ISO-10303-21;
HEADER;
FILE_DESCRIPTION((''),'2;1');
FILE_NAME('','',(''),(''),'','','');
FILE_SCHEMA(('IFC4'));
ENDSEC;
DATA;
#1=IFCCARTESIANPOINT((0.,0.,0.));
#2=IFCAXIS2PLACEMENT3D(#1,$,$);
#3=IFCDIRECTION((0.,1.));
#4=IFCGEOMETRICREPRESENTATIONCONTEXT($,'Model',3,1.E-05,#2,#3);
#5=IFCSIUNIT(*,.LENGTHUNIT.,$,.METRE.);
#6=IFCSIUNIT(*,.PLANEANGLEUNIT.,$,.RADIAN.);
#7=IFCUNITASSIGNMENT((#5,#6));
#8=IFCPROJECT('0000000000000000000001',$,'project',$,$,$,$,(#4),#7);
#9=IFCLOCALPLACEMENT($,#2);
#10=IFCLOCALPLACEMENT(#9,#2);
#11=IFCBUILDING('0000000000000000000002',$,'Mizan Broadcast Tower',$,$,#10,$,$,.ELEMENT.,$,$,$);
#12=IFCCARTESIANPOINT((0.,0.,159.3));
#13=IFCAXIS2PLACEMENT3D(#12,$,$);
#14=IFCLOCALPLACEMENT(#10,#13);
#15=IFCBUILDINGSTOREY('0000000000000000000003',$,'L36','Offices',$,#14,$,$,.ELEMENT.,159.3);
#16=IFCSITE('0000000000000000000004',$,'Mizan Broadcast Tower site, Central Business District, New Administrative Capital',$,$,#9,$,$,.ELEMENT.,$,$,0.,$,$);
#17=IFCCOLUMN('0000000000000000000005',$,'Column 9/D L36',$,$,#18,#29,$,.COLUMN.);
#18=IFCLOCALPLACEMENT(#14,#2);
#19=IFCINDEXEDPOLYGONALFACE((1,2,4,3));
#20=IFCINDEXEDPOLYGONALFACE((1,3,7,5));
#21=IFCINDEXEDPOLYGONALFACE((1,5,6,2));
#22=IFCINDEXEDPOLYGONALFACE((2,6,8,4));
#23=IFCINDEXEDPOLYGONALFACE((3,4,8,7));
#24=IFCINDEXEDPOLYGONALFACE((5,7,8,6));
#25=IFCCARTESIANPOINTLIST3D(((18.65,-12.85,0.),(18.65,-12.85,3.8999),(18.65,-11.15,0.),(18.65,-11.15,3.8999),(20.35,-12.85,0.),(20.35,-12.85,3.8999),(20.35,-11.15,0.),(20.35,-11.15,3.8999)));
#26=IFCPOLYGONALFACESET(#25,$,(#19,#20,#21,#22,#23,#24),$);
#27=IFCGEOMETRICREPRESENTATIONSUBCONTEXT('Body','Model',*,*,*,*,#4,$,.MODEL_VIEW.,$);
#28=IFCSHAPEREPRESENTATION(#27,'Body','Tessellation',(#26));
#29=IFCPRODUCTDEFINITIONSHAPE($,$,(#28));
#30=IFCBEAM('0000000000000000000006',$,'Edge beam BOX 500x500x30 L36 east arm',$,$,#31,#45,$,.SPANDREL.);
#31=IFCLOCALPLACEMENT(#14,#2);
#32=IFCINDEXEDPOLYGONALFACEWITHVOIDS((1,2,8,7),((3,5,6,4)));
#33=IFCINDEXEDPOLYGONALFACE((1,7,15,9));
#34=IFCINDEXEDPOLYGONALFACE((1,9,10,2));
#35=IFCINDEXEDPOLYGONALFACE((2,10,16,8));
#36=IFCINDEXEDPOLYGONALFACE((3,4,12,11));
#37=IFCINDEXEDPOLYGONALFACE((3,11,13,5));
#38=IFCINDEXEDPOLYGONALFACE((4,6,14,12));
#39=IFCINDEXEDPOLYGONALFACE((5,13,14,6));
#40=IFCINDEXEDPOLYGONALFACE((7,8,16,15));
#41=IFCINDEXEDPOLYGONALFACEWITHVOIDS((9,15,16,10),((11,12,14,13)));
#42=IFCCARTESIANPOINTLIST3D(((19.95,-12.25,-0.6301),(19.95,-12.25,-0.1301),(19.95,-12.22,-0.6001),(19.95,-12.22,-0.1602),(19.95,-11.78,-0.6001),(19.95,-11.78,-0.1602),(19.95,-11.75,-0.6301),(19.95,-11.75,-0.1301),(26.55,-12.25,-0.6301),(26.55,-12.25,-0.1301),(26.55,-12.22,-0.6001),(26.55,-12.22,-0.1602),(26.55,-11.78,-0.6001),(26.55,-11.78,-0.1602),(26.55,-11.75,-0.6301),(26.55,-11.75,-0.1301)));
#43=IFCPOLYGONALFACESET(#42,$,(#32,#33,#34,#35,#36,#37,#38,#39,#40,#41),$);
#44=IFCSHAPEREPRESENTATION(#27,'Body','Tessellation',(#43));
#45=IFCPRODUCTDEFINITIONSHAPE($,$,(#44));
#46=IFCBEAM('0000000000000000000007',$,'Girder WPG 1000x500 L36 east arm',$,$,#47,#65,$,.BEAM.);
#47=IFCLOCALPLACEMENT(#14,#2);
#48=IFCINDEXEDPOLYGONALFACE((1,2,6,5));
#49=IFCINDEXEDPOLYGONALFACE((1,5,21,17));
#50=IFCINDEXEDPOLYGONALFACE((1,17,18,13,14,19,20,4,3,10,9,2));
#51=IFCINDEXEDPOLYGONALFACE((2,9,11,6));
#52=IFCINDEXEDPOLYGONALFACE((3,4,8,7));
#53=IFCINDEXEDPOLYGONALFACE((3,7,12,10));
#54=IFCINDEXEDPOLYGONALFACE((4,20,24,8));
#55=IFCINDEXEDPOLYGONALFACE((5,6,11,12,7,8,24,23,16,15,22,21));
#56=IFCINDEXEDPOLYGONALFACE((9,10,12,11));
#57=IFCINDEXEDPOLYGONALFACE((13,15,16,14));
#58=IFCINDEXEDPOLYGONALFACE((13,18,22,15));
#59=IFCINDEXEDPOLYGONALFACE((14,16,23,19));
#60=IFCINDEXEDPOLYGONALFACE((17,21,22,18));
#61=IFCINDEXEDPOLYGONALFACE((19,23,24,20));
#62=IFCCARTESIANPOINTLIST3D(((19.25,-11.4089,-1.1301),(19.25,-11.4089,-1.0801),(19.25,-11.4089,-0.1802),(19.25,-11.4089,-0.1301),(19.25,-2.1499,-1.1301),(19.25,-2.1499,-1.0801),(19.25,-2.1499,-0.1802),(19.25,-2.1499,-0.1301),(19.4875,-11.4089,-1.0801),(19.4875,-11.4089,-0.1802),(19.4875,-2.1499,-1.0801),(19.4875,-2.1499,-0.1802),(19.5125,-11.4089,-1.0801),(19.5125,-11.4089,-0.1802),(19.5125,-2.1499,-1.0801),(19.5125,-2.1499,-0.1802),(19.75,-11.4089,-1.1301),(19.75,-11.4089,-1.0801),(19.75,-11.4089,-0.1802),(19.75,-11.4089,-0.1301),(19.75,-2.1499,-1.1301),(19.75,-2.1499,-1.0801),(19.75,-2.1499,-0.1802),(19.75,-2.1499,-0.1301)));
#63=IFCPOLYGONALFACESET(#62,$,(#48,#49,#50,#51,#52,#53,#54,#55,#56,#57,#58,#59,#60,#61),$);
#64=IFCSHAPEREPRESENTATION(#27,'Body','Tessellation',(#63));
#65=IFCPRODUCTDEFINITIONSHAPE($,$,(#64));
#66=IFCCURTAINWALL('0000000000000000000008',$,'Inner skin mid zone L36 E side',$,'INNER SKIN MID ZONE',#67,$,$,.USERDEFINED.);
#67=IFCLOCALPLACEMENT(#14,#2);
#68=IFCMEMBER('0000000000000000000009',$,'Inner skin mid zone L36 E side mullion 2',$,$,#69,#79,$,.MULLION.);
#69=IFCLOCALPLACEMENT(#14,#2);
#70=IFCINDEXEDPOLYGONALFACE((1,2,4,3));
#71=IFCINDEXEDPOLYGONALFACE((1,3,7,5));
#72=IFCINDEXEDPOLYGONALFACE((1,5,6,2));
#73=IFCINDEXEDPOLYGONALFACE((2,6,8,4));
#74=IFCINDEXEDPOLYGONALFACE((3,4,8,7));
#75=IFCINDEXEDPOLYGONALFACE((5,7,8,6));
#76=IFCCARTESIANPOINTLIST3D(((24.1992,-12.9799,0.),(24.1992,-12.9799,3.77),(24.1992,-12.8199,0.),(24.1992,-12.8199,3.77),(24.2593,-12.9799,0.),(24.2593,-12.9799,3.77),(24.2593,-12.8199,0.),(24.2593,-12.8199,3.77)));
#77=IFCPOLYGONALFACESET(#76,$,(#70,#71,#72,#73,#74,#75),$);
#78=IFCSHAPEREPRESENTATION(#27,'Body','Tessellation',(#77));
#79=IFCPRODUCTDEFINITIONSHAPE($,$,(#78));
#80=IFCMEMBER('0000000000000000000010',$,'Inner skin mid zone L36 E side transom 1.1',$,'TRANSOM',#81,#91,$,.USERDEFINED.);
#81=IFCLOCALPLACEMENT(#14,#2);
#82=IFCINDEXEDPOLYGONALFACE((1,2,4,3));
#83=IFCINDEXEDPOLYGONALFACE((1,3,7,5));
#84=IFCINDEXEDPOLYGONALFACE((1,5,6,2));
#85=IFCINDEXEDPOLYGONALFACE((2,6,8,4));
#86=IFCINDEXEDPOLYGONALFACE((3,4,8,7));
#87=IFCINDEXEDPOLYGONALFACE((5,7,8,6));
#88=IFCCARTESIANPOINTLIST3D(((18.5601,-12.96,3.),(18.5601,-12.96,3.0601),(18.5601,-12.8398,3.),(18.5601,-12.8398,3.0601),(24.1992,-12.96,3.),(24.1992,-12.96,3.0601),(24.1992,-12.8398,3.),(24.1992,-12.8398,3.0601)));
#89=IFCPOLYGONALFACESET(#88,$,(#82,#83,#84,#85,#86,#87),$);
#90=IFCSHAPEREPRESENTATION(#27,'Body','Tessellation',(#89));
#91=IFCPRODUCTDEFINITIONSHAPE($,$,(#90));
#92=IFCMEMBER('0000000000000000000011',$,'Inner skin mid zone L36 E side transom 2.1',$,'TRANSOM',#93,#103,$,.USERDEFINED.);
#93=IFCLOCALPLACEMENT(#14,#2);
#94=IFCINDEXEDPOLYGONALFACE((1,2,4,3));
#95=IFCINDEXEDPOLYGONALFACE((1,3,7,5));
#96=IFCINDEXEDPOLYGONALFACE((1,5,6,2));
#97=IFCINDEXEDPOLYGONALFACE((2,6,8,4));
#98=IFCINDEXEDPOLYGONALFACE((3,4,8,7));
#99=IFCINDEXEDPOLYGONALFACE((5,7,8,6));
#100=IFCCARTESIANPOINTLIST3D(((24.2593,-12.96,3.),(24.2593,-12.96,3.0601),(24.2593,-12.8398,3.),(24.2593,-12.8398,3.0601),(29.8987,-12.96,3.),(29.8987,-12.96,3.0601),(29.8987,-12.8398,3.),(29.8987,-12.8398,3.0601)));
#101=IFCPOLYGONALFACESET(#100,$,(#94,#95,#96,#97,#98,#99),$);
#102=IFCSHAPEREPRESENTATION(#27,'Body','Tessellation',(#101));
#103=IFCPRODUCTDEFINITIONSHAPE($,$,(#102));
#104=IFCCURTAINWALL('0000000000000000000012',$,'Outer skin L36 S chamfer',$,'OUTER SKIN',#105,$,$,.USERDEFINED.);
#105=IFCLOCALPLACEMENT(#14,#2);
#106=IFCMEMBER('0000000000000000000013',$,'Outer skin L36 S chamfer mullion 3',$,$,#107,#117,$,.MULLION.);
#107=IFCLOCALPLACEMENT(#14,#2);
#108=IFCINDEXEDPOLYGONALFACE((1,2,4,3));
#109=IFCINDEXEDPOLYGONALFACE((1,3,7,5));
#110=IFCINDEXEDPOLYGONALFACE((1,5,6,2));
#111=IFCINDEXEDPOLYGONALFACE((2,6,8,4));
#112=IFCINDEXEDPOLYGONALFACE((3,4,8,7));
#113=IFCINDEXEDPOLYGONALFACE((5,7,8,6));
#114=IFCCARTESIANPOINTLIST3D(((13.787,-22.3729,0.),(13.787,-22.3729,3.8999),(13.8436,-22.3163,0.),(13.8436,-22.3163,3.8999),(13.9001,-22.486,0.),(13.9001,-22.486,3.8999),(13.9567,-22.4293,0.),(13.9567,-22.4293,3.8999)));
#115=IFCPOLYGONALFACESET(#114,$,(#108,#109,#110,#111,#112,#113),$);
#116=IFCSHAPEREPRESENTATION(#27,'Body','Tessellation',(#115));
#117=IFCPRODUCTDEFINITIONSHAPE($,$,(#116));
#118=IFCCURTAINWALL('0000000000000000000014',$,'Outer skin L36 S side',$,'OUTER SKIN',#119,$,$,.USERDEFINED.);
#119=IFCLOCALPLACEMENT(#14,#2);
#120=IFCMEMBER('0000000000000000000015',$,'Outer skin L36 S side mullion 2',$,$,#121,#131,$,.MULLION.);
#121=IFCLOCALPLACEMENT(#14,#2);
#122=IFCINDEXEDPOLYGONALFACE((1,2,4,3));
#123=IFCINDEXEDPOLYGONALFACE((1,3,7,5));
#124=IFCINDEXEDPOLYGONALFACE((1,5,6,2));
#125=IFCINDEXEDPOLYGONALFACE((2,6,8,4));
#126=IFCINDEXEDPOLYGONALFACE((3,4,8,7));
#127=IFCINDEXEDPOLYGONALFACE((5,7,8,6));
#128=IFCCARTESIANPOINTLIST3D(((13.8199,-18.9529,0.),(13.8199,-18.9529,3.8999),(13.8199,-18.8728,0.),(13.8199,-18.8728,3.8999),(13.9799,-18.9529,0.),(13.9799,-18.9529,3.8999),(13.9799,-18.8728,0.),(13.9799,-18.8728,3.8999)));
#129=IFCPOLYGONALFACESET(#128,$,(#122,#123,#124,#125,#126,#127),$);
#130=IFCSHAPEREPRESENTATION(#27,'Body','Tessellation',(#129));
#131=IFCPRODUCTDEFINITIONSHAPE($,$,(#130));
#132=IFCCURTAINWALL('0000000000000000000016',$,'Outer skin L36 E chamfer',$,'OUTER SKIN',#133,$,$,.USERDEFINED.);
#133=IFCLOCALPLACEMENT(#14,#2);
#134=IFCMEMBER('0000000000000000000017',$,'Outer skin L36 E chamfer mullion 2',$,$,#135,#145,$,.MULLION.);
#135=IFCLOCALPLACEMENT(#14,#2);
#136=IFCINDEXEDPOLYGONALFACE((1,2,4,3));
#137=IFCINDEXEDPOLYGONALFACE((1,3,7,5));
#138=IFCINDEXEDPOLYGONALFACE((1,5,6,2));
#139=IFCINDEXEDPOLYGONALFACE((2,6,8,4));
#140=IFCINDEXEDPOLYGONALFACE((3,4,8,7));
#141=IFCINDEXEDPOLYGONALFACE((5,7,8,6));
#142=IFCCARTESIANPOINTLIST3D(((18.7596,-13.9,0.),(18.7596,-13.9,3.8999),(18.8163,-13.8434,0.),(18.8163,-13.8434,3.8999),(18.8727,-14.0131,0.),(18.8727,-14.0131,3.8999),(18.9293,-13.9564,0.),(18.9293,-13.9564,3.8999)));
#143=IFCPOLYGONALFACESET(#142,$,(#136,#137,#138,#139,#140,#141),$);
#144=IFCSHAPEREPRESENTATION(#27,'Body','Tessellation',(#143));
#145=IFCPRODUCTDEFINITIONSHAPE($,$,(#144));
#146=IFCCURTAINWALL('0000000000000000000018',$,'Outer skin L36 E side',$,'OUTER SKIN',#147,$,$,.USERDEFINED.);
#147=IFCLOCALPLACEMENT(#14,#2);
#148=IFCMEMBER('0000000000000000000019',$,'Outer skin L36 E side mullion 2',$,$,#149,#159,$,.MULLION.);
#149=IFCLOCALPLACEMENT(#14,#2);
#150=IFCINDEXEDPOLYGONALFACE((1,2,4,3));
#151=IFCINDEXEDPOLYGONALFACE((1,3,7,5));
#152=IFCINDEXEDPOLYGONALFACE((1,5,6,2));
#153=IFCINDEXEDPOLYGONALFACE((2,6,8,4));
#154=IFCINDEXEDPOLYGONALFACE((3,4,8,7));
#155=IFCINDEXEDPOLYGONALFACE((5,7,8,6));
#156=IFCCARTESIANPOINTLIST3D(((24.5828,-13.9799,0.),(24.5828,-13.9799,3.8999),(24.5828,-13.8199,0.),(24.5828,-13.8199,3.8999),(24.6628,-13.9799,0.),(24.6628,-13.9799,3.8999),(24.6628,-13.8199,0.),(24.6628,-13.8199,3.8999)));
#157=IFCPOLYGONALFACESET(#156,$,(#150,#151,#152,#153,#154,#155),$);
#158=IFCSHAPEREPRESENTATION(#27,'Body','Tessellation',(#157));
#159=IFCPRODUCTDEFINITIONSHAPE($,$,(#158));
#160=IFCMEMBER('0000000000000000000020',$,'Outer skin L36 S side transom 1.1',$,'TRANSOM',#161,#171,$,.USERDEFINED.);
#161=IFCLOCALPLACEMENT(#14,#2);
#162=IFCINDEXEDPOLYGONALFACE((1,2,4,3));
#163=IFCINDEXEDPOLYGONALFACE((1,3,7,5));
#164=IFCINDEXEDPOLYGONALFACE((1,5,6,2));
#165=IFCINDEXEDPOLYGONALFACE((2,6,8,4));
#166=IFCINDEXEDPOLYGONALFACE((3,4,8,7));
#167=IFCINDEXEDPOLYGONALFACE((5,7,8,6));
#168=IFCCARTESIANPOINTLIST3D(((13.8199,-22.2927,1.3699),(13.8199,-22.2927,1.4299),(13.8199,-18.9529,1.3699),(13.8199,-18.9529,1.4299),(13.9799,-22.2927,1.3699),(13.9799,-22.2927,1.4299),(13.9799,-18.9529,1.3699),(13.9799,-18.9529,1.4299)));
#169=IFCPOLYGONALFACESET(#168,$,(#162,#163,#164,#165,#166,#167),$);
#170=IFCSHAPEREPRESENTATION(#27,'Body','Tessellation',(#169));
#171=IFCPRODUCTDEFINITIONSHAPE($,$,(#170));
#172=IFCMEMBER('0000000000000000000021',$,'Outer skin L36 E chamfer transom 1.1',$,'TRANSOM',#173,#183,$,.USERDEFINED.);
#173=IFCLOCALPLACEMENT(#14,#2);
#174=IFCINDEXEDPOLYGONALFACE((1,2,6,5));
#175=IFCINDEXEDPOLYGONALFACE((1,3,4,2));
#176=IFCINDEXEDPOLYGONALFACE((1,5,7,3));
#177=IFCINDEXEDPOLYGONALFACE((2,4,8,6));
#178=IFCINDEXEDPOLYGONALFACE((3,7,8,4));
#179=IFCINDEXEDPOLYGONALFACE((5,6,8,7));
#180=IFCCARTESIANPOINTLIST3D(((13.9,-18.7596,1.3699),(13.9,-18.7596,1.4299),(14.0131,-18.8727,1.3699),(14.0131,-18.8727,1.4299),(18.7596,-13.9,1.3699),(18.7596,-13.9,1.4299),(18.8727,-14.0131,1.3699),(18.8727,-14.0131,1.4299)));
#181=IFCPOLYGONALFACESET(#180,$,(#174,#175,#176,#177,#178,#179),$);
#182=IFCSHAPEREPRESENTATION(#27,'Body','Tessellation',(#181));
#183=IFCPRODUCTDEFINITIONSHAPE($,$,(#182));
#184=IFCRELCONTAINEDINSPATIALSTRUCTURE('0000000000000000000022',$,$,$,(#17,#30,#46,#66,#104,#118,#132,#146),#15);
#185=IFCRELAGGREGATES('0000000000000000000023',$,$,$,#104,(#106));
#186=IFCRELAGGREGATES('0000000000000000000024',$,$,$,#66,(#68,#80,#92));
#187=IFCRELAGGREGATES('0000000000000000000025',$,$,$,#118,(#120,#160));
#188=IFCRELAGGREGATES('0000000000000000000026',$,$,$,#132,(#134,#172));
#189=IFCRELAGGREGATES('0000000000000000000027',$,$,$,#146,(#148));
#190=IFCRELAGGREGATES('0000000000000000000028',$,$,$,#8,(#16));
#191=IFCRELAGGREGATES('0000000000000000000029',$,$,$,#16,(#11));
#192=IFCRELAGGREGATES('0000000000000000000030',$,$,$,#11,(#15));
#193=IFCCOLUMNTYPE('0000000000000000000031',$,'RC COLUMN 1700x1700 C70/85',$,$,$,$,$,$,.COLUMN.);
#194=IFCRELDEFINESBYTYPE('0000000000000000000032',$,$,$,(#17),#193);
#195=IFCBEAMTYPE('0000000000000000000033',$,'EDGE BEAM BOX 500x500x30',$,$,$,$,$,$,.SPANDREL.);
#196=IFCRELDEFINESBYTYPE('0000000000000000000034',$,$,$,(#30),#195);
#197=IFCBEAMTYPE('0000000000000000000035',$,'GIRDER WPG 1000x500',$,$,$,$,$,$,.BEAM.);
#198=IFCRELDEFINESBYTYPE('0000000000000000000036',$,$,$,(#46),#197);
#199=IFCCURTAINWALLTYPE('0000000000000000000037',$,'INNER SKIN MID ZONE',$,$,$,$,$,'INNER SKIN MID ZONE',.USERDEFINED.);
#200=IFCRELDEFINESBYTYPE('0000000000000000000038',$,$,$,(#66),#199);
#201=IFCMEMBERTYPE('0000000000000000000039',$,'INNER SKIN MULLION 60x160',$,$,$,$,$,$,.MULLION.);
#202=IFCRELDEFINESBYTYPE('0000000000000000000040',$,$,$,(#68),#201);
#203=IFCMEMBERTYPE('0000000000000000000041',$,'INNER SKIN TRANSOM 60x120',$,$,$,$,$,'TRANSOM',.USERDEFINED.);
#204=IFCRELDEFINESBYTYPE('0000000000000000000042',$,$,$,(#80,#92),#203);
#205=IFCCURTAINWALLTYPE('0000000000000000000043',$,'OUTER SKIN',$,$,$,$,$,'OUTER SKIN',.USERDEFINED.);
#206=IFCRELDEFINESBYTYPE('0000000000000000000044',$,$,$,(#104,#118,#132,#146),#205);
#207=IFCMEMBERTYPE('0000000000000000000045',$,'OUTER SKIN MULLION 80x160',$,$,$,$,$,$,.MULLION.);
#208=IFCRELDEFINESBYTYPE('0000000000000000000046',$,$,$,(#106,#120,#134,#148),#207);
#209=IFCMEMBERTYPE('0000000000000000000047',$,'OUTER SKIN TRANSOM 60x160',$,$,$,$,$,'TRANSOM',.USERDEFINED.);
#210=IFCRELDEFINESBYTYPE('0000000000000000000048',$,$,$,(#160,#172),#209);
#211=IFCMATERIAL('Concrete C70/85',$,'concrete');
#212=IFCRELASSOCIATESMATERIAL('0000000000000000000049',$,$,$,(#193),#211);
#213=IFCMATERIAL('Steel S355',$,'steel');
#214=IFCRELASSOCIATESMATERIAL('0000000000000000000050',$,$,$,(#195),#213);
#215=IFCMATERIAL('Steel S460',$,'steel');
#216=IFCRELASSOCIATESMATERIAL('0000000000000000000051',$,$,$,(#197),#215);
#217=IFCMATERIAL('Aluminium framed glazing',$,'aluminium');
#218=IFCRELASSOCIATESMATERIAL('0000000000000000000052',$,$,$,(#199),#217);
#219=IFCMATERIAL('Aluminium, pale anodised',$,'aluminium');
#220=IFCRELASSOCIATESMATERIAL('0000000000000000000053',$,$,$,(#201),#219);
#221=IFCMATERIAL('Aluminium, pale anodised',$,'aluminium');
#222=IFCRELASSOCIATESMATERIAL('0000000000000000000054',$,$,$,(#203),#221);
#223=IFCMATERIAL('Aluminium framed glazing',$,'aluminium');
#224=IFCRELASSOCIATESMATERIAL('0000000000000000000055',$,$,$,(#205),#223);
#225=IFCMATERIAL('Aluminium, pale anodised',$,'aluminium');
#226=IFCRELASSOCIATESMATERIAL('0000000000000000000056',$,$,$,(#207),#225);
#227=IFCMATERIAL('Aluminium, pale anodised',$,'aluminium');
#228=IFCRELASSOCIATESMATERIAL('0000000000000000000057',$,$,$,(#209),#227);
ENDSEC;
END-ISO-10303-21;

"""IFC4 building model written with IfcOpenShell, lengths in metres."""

from ifc_helpers import new_model, si_unit, direction, frame, origin, origin_2d, place, context, subcontext, project, spatial, rectangle, hollow_rectangle, i_section, extrude, material, material_profile, profile_set, type_object, element, aggregate, save


model = new_model("IFC4")

# Units and contexts
model_context = context("Model", 3, precision=1e-05, world=origin(), true_north=direction((0.0, 1.0)))
body_context = subcontext(model_context, "Body", "Model", "MODEL_VIEW")
ifc_project = project(units=[si_unit("LENGTHUNIT", "METRE"), si_unit("PLANEANGLEUNIT", "RADIAN")], contexts=[model_context])

# Site, building, storey
site_placement = place(None, origin())
site = spatial("IfcSite", under=ifc_project, at=site_placement, Name="Mizan Broadcast Tower site, Central Business District, New Administrative Capital", CompositionType="ELEMENT", RefElevation=0.0)
building_placement = place(site_placement, origin())
building = spatial("IfcBuilding", under=site, at=building_placement, Name="Mizan Broadcast Tower", CompositionType="ELEMENT")
storey_placement = place(building_placement, frame((0.0, 0.0, 159.3)))
storey = spatial("IfcBuildingStorey", under=building, at=storey_placement, Name="L36", Description="Offices", CompositionType="ELEMENT", Elevation=159.3)

# Column
ifc_material_1 = material(Name="Concrete C70/85", Category="concrete")
ifc_material_profile_1 = material_profile(ifc_material_1, rectangle(XDim=1.7, YDim=1.7, at=origin_2d()), Name="RC 1700x1700")
ifc_profile_set_1 = profile_set([ifc_material_profile_1], Name="Concrete C70/85")
column_type = type_object("IfcColumnType", Name="RC COLUMN 1700x1700 C70/85", PredefinedType="COLUMN", material=ifc_profile_set_1)
column_placement = place(storey_placement, frame((19.5, -12.0, 0.0), z_axis=(0.0, 0.0, 1.0), x_axis=(1.0, 0.0, 0.0)))
element("IfcColumn", 1, at=column_placement, inside=storey, type_object=column_type, Name="Column 9/D L36", PredefinedType="COLUMN", context=body_context, shape_type="SweptSolid", body=[
    extrude(rectangle(XDim=1.7, YDim=1.7, at=origin_2d()), origin(), (0.0, 0.0, 1.0), 3.8999),
])

# Beams
ifc_material_2 = material(Name="Steel S355", Category="steel")
ifc_material_profile_2 = material_profile(ifc_material_2, hollow_rectangle(XDim=0.5, YDim=0.5, WallThickness=0.03, at=origin_2d()), Name="BOX 500x500x30")
ifc_profile_set_2 = profile_set([ifc_material_profile_2], Name="Steel S355")
beam_type_1 = type_object("IfcBeamType", Name="EDGE BEAM BOX 500x500x30", PredefinedType="SPANDREL", material=ifc_profile_set_2)
beam_1_placement = place(storey_placement, frame((19.95, -12.0, -0.3801), z_axis=(1.0, 0.0, 0.0), x_axis=(0.0, 1.0, 0.0)))
element("IfcBeam", 2, at=beam_1_placement, inside=storey, type_object=beam_type_1, Name="Edge beam BOX 500x500x30 L36 east arm", PredefinedType="SPANDREL", context=body_context, shape_type="SweptSolid", body=[
    extrude(hollow_rectangle(XDim=0.5, YDim=0.5, WallThickness=0.03, at=origin_2d()), origin(), (0.0, 0.0, 1.0), 6.6001),
])
ifc_material_3 = material(Name="Steel S460", Category="steel")
ifc_material_profile_3 = material_profile(ifc_material_3, i_section(OverallWidth=0.5, OverallDepth=1.0, WebThickness=0.0249, FlangeThickness=0.05, at=origin_2d()), Name="WPG 1000x500")
ifc_profile_set_3 = profile_set([ifc_material_profile_3], Name="Steel S460")
beam_type_2 = type_object("IfcBeamType", Name="GIRDER WPG 1000x500", PredefinedType="BEAM", material=ifc_profile_set_3)
beam_2_placement = place(storey_placement, frame((19.5, -11.4089, -0.6301), z_axis=(0.0, 1.0, 0.0), x_axis=(-1.0, 0.0, 0.0)))
element("IfcBeam", 3, at=beam_2_placement, inside=storey, type_object=beam_type_2, Name="Girder WPG 1000x500 L36 east arm", PredefinedType="BEAM", context=body_context, shape_type="SweptSolid", body=[
    extrude(i_section(OverallWidth=0.5, OverallDepth=1.0, WebThickness=0.0249, FlangeThickness=0.05, at=origin_2d()), origin(), (0.0, 0.0, 1.0), 9.259),
])

# Curtain wall, members
ifc_material_4 = material(Name="Aluminium framed glazing", Category="aluminium")
curtain_wall_type_1 = type_object("IfcCurtainWallType", Name="INNER SKIN MID ZONE", ElementType="INNER SKIN MID ZONE", PredefinedType="USERDEFINED", material=ifc_material_4)
curtain_wall_1_placement = place(storey_placement, origin())
curtain_wall_1 = element("IfcCurtainWall", 4, at=curtain_wall_1_placement, inside=storey, type_object=curtain_wall_type_1, Name="Inner skin mid zone L36 E side", ObjectType="INNER SKIN MID ZONE", PredefinedType="USERDEFINED")
ifc_material_5 = material(Name="Aluminium, pale anodised", Category="aluminium")
ifc_material_profile_4 = material_profile(ifc_material_5, rectangle(XDim=0.1599, YDim=0.0601, at=origin_2d()), Name="MULLION 160x60")
ifc_profile_set_4 = profile_set([ifc_material_profile_4], Name="Aluminium, pale anodised")
member_type_1 = type_object("IfcMemberType", Name="INNER SKIN MULLION 60x160", PredefinedType="MULLION", material=ifc_profile_set_4)
member_1_placement = place(storey_placement, frame((24.2292, -12.8999, 0.0), z_axis=(0.0, 0.0, 1.0), x_axis=(0.0, 1.0, 0.0)))
member_1 = element("IfcMember", 5, at=member_1_placement, type_object=member_type_1, Name="Inner skin mid zone L36 E side mullion 2", PredefinedType="MULLION", context=body_context, shape_type="SweptSolid", body=[
    extrude(rectangle(XDim=0.1599, YDim=0.0601, at=origin_2d()), origin(), (0.0, 0.0, 1.0), 3.77),
])
ifc_material_6 = material(Name="Aluminium, pale anodised", Category="aluminium")
ifc_material_profile_5 = material_profile(ifc_material_6, rectangle(XDim=0.1201, YDim=0.0601, at=origin_2d()), Name="TRANSOM 120x60")
ifc_profile_set_5 = profile_set([ifc_material_profile_5], Name="Aluminium, pale anodised")
member_type_2 = type_object("IfcMemberType", Name="INNER SKIN TRANSOM 60x120", ElementType="TRANSOM", PredefinedType="USERDEFINED", material=ifc_profile_set_5)
member_2_placement = place(storey_placement, frame((18.5601, -12.8999, 3.03), z_axis=(1.0, 0.0, 0.0), x_axis=(0.0, 1.0, 0.0)))
member_2 = element("IfcMember", 6, at=member_2_placement, type_object=member_type_2, Name="Inner skin mid zone L36 E side transom 1.1", ObjectType="TRANSOM", PredefinedType="USERDEFINED", context=body_context, shape_type="SweptSolid", body=[
    extrude(rectangle(XDim=0.1201, YDim=0.0601, at=origin_2d()), origin(), (0.0, 0.0, 1.0), 5.6392),
])
member_3_placement = place(storey_placement, frame((24.2593, -12.8999, 3.03), z_axis=(1.0, 0.0, 0.0), x_axis=(0.0, 1.0, 0.0)))
member_3 = element("IfcMember", 7, at=member_3_placement, type_object=member_type_2, Name="Inner skin mid zone L36 E side transom 2.1", ObjectType="TRANSOM", PredefinedType="USERDEFINED", context=body_context, shape_type="SweptSolid", body=[
    extrude(rectangle(XDim=0.1201, YDim=0.0601, at=origin_2d()), origin(), (0.0, 0.0, 1.0), 5.6394),
])

# Curtain walls, members
ifc_material_7 = material(Name="Aluminium framed glazing", Category="aluminium")
curtain_wall_type_2 = type_object("IfcCurtainWallType", Name="OUTER SKIN", ElementType="OUTER SKIN", PredefinedType="USERDEFINED", material=ifc_material_7)
curtain_wall_2_placement = place(storey_placement, origin())
curtain_wall_2 = element("IfcCurtainWall", 8, at=curtain_wall_2_placement, inside=storey, type_object=curtain_wall_type_2, Name="Outer skin L36 S chamfer", ObjectType="OUTER SKIN", PredefinedType="USERDEFINED")
ifc_material_8 = material(Name="Aluminium, pale anodised", Category="aluminium")
ifc_material_profile_6 = material_profile(ifc_material_8, rectangle(XDim=0.1599, YDim=0.0801, at=origin_2d()), Name="MULLION 160x80")
ifc_profile_set_6 = profile_set([ifc_material_profile_6], Name="Aluminium, pale anodised")
member_type_3 = type_object("IfcMemberType", Name="OUTER SKIN MULLION 80x160", PredefinedType="MULLION", material=ifc_profile_set_6)
member_4_placement = place(storey_placement, frame((13.8718, -22.4011, 0.0), z_axis=(0.0, 0.0, 1.0), x_axis=(-0.707107, 0.707107, 0.0)))
member_4 = element("IfcMember", 9, at=member_4_placement, type_object=member_type_3, Name="Outer skin L36 S chamfer mullion 3", PredefinedType="MULLION", context=body_context, shape_type="SweptSolid", body=[
    extrude(rectangle(XDim=0.1599, YDim=0.0801, at=origin_2d()), origin(), (0.0, 0.0, 1.0), 3.8999),
])
aggregate(curtain_wall_2, [member_4])
curtain_wall_3_placement = place(storey_placement, origin())
curtain_wall_3 = element("IfcCurtainWall", 10, at=curtain_wall_3_placement, inside=storey, type_object=curtain_wall_type_2, Name="Outer skin L36 S side", ObjectType="OUTER SKIN", PredefinedType="USERDEFINED")
member_5_placement = place(storey_placement, frame((13.8999, -18.9128, 0.0), z_axis=(0.0, 0.0, 1.0), x_axis=(-1.0, 0.0, 0.0)))
member_5 = element("IfcMember", 11, at=member_5_placement, type_object=member_type_3, Name="Outer skin L36 S side mullion 2", PredefinedType="MULLION", context=body_context, shape_type="SweptSolid", body=[
    extrude(rectangle(XDim=0.1599, YDim=0.0801, at=origin_2d()), origin(), (0.0, 0.0, 1.0), 3.8999),
])
curtain_wall_4_placement = place(storey_placement, origin())
curtain_wall_4 = element("IfcCurtainWall", 12, at=curtain_wall_4_placement, inside=storey, type_object=curtain_wall_type_2, Name="Outer skin L36 E chamfer", ObjectType="OUTER SKIN", PredefinedType="USERDEFINED")
member_6_placement = place(storey_placement, frame((18.8445, -13.9282, 0.0), z_axis=(0.0, 0.0, 1.0), x_axis=(-0.707107, 0.707107, 0.0)))
member_6 = element("IfcMember", 13, at=member_6_placement, type_object=member_type_3, Name="Outer skin L36 E chamfer mullion 2", PredefinedType="MULLION", context=body_context, shape_type="SweptSolid", body=[
    extrude(rectangle(XDim=0.1599, YDim=0.0801, at=origin_2d()), origin(), (0.0, 0.0, 1.0), 3.8999),
])
curtain_wall_5_placement = place(storey_placement, origin())
curtain_wall_5 = element("IfcCurtainWall", 14, at=curtain_wall_5_placement, inside=storey, type_object=curtain_wall_type_2, Name="Outer skin L36 E side", ObjectType="OUTER SKIN", PredefinedType="USERDEFINED")
member_7_placement = place(storey_placement, frame((24.6228, -13.8999, 0.0), z_axis=(0.0, 0.0, 1.0), x_axis=(0.0, 1.0, 0.0)))
member_7 = element("IfcMember", 15, at=member_7_placement, type_object=member_type_3, Name="Outer skin L36 E side mullion 2", PredefinedType="MULLION", context=body_context, shape_type="SweptSolid", body=[
    extrude(rectangle(XDim=0.1599, YDim=0.0801, at=origin_2d()), origin(), (0.0, 0.0, 1.0), 3.8999),
])

# Members
ifc_material_9 = material(Name="Aluminium, pale anodised", Category="aluminium")
ifc_material_profile_7 = material_profile(ifc_material_9, rectangle(XDim=0.1599, YDim=0.0601, at=origin_2d()), Name="TRANSOM 160x60")
ifc_profile_set_7 = profile_set([ifc_material_profile_7], Name="Aluminium, pale anodised")
member_type_4 = type_object("IfcMemberType", Name="OUTER SKIN TRANSOM 60x160", ElementType="TRANSOM", PredefinedType="USERDEFINED", material=ifc_profile_set_7)
member_8_placement = place(storey_placement, frame((13.8999, -22.2927, 1.3999), z_axis=(0.0, 1.0, 0.0), x_axis=(-1.0, 0.0, 0.0)))
member_8 = element("IfcMember", 16, at=member_8_placement, type_object=member_type_4, Name="Outer skin L36 S side transom 1.1", ObjectType="TRANSOM", PredefinedType="USERDEFINED", context=body_context, shape_type="SweptSolid", body=[
    extrude(rectangle(XDim=0.1599, YDim=0.0601, at=origin_2d()), origin(), (0.0, 0.0, 1.0), 3.3398),
])
member_9_placement = place(storey_placement, frame((13.9565, -18.8162, 1.3999), z_axis=(0.707107, 0.707107, 0.0), x_axis=(-0.707107, 0.707107, 0.0)))
member_9 = element("IfcMember", 17, at=member_9_placement, type_object=member_type_4, Name="Outer skin L36 E chamfer transom 1.1", ObjectType="TRANSOM", PredefinedType="USERDEFINED", context=body_context, shape_type="SweptSolid", body=[
    extrude(rectangle(XDim=0.1599, YDim=0.0601, at=origin_2d()), origin(), (0.0, 0.0, 1.0), 6.8726),
])

aggregate(curtain_wall_1, [member_1, member_2, member_3])
aggregate(curtain_wall_3, [member_5, member_8])
aggregate(curtain_wall_4, [member_6, member_9])
aggregate(curtain_wall_5, [member_7])

save(model, "model.ifc")
